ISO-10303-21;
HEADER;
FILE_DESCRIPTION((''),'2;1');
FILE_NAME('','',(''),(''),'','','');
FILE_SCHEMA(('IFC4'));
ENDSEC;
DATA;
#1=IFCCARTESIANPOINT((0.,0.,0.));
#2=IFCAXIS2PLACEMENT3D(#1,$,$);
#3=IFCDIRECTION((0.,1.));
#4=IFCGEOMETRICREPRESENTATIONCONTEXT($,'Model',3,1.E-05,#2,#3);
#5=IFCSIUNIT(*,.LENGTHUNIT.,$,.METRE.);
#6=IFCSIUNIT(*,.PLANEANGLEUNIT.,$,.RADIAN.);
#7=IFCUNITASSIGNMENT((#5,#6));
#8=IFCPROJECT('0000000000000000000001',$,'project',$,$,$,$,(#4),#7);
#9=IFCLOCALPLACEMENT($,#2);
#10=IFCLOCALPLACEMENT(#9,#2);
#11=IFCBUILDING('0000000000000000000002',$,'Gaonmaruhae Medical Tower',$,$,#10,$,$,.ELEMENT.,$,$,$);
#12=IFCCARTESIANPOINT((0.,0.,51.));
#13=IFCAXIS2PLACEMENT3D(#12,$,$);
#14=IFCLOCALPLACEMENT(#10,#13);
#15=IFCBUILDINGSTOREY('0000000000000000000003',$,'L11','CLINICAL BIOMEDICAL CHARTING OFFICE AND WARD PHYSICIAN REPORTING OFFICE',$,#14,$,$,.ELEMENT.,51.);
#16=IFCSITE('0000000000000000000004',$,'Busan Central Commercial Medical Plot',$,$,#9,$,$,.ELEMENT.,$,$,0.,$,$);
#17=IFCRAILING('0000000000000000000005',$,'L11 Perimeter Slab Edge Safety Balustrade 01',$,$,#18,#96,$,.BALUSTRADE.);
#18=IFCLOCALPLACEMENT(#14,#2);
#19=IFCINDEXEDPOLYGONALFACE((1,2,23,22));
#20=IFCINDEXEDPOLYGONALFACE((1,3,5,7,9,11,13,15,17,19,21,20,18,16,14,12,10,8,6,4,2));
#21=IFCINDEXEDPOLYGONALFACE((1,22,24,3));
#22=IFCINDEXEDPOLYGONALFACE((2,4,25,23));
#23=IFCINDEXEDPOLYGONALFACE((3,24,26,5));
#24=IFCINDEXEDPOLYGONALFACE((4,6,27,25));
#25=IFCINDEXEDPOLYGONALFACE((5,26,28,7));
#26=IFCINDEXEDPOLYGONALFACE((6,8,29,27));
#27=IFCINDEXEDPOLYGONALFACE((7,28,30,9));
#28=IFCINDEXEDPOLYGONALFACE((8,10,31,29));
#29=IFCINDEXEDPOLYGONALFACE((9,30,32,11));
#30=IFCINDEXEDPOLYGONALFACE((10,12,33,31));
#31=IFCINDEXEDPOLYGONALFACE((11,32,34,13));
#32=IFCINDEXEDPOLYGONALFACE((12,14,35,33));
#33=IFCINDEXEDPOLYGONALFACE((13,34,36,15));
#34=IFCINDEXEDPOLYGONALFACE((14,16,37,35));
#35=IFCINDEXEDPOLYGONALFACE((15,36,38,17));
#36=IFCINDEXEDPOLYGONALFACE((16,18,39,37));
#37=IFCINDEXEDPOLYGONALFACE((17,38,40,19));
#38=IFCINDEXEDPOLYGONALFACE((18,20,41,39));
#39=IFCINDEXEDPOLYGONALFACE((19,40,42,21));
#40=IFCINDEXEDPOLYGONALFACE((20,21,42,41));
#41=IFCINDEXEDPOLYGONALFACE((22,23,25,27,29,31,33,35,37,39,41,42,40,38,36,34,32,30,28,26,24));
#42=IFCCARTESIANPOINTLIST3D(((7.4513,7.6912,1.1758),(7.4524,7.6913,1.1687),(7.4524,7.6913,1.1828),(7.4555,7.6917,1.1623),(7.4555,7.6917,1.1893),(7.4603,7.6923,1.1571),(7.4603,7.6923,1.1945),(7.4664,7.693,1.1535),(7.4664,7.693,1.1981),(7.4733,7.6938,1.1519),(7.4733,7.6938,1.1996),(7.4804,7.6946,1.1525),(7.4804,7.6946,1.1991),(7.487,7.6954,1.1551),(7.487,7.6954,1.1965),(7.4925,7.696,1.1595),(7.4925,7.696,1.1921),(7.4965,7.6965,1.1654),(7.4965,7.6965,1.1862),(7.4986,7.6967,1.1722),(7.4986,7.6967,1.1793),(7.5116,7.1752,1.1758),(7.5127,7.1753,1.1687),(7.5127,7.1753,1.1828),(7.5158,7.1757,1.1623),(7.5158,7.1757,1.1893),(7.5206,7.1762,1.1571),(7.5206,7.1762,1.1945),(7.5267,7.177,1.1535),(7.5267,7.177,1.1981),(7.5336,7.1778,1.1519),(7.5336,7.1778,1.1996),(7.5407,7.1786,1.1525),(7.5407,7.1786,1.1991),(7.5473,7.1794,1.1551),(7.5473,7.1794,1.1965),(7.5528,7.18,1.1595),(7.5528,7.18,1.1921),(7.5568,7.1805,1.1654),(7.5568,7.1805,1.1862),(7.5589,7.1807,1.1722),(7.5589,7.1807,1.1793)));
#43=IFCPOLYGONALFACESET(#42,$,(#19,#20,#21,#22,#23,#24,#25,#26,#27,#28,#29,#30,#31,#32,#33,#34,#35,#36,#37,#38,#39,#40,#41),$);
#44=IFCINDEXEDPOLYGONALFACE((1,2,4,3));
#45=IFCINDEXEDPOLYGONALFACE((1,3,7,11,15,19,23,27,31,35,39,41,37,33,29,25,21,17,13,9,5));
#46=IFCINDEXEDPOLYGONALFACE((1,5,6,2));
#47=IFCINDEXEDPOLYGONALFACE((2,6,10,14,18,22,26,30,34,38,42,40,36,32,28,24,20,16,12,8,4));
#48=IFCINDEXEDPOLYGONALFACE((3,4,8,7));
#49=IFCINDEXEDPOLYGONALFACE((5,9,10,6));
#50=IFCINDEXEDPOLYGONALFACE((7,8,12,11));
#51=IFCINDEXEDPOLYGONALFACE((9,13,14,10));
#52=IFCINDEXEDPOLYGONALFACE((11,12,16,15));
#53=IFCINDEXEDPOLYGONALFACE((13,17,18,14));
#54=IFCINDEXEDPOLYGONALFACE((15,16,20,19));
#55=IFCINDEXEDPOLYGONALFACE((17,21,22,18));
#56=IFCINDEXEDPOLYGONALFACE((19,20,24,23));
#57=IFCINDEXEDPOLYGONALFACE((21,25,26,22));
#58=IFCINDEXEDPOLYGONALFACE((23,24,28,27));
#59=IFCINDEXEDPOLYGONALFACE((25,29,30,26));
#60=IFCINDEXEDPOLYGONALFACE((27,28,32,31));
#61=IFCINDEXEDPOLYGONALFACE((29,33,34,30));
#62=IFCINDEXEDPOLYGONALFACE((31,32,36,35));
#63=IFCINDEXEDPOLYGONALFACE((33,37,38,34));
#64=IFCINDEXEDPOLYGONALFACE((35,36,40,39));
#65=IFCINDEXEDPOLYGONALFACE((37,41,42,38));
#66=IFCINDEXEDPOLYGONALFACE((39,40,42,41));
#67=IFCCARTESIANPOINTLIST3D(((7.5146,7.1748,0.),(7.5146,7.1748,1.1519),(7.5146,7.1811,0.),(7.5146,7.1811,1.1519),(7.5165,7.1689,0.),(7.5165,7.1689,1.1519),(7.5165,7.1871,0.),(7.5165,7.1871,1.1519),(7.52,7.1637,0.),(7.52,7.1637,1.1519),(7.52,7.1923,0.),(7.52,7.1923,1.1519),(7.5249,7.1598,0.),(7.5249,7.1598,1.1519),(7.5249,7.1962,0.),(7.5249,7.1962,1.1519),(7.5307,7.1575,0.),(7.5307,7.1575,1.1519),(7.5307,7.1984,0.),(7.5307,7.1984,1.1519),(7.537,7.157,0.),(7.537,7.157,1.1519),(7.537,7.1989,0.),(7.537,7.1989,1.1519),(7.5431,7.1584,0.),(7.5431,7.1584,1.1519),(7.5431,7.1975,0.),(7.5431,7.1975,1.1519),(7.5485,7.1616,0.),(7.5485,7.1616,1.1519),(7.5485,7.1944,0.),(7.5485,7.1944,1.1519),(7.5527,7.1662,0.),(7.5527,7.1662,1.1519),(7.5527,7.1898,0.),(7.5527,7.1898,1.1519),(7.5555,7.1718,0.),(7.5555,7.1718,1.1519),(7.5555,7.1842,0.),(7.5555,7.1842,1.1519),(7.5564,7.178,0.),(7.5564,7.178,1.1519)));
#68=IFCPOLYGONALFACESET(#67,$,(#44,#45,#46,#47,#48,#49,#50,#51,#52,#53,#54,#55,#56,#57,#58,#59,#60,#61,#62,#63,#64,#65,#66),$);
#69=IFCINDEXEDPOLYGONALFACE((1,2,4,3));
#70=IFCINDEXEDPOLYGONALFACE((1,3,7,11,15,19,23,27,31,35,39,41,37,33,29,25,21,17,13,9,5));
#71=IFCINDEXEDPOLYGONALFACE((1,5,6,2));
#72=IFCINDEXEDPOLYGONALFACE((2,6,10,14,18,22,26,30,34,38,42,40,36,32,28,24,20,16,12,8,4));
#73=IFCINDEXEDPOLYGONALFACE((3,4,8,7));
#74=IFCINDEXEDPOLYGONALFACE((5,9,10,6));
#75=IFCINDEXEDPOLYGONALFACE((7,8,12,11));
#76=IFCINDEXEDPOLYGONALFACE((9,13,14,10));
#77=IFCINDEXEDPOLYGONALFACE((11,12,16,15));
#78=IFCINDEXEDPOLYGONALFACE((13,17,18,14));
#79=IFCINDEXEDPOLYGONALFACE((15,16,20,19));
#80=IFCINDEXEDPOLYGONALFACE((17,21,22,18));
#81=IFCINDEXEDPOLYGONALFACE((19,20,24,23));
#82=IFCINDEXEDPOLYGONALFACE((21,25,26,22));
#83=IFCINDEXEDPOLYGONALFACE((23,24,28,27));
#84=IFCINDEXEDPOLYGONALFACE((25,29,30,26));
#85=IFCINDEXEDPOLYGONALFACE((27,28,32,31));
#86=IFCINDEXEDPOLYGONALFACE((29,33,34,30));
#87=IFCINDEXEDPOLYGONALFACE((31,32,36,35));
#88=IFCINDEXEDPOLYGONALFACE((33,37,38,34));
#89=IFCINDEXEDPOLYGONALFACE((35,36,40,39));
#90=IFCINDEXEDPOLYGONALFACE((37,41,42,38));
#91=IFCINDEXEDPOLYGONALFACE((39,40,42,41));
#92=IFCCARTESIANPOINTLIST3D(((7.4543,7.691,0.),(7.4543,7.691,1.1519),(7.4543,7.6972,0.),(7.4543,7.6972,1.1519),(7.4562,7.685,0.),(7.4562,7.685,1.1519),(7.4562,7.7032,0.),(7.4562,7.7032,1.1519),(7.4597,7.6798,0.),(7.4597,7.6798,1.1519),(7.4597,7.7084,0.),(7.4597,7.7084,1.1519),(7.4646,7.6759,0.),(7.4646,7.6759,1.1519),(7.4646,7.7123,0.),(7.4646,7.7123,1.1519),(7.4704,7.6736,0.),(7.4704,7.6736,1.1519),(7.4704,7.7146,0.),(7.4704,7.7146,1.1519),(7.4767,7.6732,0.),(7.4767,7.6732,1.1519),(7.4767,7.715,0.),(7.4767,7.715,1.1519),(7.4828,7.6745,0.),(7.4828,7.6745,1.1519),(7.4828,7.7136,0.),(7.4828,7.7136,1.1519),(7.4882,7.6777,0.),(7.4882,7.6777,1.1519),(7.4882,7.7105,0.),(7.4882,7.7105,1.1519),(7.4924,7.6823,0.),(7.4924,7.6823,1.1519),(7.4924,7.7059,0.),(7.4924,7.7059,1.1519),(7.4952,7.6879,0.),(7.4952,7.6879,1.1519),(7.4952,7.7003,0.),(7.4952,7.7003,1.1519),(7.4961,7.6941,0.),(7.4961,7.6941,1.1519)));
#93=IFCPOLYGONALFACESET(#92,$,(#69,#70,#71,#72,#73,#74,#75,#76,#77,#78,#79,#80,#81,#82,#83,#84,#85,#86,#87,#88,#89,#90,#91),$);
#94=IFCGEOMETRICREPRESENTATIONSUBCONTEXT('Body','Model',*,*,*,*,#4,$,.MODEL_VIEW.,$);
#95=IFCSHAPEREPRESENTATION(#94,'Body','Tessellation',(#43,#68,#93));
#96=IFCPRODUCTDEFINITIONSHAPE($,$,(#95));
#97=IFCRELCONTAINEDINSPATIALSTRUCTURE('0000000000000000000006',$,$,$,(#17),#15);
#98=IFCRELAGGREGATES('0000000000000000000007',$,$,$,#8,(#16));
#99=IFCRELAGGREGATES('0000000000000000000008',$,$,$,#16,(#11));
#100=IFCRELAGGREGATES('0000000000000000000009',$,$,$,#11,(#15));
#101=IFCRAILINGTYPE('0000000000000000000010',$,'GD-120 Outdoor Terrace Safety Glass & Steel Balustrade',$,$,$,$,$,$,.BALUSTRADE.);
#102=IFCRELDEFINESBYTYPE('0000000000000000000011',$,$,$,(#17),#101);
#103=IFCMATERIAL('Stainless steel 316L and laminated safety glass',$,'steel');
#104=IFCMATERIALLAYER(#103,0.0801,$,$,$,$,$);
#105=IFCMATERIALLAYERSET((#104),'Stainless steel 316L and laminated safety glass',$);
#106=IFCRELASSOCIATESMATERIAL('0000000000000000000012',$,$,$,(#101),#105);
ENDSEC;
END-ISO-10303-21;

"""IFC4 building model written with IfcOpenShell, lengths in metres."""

from ifc_helpers import new_model, si_unit, direction, frame, origin, origin_2d, place, context, subcontext, project, spatial, circle, extrude, material, layer, layer_set, type_object, element, save


model = new_model("IFC4")

# Units and contexts
model_context = context("Model", 3, precision=1e-05, world=origin(), true_north=direction((0.0, 1.0)))
body_context = subcontext(model_context, "Body", "Model", "MODEL_VIEW")
ifc_project = project(units=[si_unit("LENGTHUNIT", "METRE"), si_unit("PLANEANGLEUNIT", "RADIAN")], contexts=[model_context])

# Site, building, storey
site_placement = place(None, origin())
site = spatial("IfcSite", under=ifc_project, at=site_placement, Name="Busan Central Commercial Medical Plot", CompositionType="ELEMENT", RefElevation=0.0)
building_placement = place(site_placement, origin())
building = spatial("IfcBuilding", under=site, at=building_placement, Name="Gaonmaruhae Medical Tower", CompositionType="ELEMENT")
storey_placement = place(building_placement, frame((0.0, 0.0, 51.0)))
storey = spatial("IfcBuildingStorey", under=building, at=storey_placement, Name="L11", Description="CLINICAL BIOMEDICAL CHARTING OFFICE AND WARD PHYSICIAN REPORTING OFFICE", CompositionType="ELEMENT", Elevation=51.0)

# Railing
ifc_material_1 = material(Name="Stainless steel 316L and laminated safety glass", Category="steel")
ifc_layer_1 = layer(ifc_material_1, 0.0801)
ifc_layer_set_1 = layer_set([ifc_layer_1], Name="Stainless steel 316L and laminated safety glass")
railing_type = type_object("IfcRailingType", Name="GD-120 Outdoor Terrace Safety Glass & Steel Balustrade", PredefinedType="BALUSTRADE", material=ifc_layer_set_1)
railing_1_placement = place(storey_placement, frame((7.5354, 7.178, 0.0)))
element("IfcRailing", 1, at=railing_1_placement, inside=storey, type_object=railing_type, Name="L11 Perimeter Slab Edge Safety Balustrade 01", PredefinedType="BALUSTRADE", context=body_context, shape_type="SweptSolid", body=[
    extrude(circle(Radius=0.0239, at=origin_2d()), frame((0.0, 0.0, 1.1758), z_axis=(-0.116051, 0.993243, 0.0), x_axis=(-0.993243, -0.116051, 0.0)), (0.0, 0.0, 1.0), 0.5195),
    extrude(circle(Radius=0.021, at=origin_2d()), origin(), (0.0, 0.0, 1.0), 1.1519),
    extrude(circle(Radius=0.021, at=origin_2d()), frame((-0.0603, 0.5161, 0.0)), (0.0, 0.0, 1.0), 1.1519),
])

save(model, "model.ifc")
